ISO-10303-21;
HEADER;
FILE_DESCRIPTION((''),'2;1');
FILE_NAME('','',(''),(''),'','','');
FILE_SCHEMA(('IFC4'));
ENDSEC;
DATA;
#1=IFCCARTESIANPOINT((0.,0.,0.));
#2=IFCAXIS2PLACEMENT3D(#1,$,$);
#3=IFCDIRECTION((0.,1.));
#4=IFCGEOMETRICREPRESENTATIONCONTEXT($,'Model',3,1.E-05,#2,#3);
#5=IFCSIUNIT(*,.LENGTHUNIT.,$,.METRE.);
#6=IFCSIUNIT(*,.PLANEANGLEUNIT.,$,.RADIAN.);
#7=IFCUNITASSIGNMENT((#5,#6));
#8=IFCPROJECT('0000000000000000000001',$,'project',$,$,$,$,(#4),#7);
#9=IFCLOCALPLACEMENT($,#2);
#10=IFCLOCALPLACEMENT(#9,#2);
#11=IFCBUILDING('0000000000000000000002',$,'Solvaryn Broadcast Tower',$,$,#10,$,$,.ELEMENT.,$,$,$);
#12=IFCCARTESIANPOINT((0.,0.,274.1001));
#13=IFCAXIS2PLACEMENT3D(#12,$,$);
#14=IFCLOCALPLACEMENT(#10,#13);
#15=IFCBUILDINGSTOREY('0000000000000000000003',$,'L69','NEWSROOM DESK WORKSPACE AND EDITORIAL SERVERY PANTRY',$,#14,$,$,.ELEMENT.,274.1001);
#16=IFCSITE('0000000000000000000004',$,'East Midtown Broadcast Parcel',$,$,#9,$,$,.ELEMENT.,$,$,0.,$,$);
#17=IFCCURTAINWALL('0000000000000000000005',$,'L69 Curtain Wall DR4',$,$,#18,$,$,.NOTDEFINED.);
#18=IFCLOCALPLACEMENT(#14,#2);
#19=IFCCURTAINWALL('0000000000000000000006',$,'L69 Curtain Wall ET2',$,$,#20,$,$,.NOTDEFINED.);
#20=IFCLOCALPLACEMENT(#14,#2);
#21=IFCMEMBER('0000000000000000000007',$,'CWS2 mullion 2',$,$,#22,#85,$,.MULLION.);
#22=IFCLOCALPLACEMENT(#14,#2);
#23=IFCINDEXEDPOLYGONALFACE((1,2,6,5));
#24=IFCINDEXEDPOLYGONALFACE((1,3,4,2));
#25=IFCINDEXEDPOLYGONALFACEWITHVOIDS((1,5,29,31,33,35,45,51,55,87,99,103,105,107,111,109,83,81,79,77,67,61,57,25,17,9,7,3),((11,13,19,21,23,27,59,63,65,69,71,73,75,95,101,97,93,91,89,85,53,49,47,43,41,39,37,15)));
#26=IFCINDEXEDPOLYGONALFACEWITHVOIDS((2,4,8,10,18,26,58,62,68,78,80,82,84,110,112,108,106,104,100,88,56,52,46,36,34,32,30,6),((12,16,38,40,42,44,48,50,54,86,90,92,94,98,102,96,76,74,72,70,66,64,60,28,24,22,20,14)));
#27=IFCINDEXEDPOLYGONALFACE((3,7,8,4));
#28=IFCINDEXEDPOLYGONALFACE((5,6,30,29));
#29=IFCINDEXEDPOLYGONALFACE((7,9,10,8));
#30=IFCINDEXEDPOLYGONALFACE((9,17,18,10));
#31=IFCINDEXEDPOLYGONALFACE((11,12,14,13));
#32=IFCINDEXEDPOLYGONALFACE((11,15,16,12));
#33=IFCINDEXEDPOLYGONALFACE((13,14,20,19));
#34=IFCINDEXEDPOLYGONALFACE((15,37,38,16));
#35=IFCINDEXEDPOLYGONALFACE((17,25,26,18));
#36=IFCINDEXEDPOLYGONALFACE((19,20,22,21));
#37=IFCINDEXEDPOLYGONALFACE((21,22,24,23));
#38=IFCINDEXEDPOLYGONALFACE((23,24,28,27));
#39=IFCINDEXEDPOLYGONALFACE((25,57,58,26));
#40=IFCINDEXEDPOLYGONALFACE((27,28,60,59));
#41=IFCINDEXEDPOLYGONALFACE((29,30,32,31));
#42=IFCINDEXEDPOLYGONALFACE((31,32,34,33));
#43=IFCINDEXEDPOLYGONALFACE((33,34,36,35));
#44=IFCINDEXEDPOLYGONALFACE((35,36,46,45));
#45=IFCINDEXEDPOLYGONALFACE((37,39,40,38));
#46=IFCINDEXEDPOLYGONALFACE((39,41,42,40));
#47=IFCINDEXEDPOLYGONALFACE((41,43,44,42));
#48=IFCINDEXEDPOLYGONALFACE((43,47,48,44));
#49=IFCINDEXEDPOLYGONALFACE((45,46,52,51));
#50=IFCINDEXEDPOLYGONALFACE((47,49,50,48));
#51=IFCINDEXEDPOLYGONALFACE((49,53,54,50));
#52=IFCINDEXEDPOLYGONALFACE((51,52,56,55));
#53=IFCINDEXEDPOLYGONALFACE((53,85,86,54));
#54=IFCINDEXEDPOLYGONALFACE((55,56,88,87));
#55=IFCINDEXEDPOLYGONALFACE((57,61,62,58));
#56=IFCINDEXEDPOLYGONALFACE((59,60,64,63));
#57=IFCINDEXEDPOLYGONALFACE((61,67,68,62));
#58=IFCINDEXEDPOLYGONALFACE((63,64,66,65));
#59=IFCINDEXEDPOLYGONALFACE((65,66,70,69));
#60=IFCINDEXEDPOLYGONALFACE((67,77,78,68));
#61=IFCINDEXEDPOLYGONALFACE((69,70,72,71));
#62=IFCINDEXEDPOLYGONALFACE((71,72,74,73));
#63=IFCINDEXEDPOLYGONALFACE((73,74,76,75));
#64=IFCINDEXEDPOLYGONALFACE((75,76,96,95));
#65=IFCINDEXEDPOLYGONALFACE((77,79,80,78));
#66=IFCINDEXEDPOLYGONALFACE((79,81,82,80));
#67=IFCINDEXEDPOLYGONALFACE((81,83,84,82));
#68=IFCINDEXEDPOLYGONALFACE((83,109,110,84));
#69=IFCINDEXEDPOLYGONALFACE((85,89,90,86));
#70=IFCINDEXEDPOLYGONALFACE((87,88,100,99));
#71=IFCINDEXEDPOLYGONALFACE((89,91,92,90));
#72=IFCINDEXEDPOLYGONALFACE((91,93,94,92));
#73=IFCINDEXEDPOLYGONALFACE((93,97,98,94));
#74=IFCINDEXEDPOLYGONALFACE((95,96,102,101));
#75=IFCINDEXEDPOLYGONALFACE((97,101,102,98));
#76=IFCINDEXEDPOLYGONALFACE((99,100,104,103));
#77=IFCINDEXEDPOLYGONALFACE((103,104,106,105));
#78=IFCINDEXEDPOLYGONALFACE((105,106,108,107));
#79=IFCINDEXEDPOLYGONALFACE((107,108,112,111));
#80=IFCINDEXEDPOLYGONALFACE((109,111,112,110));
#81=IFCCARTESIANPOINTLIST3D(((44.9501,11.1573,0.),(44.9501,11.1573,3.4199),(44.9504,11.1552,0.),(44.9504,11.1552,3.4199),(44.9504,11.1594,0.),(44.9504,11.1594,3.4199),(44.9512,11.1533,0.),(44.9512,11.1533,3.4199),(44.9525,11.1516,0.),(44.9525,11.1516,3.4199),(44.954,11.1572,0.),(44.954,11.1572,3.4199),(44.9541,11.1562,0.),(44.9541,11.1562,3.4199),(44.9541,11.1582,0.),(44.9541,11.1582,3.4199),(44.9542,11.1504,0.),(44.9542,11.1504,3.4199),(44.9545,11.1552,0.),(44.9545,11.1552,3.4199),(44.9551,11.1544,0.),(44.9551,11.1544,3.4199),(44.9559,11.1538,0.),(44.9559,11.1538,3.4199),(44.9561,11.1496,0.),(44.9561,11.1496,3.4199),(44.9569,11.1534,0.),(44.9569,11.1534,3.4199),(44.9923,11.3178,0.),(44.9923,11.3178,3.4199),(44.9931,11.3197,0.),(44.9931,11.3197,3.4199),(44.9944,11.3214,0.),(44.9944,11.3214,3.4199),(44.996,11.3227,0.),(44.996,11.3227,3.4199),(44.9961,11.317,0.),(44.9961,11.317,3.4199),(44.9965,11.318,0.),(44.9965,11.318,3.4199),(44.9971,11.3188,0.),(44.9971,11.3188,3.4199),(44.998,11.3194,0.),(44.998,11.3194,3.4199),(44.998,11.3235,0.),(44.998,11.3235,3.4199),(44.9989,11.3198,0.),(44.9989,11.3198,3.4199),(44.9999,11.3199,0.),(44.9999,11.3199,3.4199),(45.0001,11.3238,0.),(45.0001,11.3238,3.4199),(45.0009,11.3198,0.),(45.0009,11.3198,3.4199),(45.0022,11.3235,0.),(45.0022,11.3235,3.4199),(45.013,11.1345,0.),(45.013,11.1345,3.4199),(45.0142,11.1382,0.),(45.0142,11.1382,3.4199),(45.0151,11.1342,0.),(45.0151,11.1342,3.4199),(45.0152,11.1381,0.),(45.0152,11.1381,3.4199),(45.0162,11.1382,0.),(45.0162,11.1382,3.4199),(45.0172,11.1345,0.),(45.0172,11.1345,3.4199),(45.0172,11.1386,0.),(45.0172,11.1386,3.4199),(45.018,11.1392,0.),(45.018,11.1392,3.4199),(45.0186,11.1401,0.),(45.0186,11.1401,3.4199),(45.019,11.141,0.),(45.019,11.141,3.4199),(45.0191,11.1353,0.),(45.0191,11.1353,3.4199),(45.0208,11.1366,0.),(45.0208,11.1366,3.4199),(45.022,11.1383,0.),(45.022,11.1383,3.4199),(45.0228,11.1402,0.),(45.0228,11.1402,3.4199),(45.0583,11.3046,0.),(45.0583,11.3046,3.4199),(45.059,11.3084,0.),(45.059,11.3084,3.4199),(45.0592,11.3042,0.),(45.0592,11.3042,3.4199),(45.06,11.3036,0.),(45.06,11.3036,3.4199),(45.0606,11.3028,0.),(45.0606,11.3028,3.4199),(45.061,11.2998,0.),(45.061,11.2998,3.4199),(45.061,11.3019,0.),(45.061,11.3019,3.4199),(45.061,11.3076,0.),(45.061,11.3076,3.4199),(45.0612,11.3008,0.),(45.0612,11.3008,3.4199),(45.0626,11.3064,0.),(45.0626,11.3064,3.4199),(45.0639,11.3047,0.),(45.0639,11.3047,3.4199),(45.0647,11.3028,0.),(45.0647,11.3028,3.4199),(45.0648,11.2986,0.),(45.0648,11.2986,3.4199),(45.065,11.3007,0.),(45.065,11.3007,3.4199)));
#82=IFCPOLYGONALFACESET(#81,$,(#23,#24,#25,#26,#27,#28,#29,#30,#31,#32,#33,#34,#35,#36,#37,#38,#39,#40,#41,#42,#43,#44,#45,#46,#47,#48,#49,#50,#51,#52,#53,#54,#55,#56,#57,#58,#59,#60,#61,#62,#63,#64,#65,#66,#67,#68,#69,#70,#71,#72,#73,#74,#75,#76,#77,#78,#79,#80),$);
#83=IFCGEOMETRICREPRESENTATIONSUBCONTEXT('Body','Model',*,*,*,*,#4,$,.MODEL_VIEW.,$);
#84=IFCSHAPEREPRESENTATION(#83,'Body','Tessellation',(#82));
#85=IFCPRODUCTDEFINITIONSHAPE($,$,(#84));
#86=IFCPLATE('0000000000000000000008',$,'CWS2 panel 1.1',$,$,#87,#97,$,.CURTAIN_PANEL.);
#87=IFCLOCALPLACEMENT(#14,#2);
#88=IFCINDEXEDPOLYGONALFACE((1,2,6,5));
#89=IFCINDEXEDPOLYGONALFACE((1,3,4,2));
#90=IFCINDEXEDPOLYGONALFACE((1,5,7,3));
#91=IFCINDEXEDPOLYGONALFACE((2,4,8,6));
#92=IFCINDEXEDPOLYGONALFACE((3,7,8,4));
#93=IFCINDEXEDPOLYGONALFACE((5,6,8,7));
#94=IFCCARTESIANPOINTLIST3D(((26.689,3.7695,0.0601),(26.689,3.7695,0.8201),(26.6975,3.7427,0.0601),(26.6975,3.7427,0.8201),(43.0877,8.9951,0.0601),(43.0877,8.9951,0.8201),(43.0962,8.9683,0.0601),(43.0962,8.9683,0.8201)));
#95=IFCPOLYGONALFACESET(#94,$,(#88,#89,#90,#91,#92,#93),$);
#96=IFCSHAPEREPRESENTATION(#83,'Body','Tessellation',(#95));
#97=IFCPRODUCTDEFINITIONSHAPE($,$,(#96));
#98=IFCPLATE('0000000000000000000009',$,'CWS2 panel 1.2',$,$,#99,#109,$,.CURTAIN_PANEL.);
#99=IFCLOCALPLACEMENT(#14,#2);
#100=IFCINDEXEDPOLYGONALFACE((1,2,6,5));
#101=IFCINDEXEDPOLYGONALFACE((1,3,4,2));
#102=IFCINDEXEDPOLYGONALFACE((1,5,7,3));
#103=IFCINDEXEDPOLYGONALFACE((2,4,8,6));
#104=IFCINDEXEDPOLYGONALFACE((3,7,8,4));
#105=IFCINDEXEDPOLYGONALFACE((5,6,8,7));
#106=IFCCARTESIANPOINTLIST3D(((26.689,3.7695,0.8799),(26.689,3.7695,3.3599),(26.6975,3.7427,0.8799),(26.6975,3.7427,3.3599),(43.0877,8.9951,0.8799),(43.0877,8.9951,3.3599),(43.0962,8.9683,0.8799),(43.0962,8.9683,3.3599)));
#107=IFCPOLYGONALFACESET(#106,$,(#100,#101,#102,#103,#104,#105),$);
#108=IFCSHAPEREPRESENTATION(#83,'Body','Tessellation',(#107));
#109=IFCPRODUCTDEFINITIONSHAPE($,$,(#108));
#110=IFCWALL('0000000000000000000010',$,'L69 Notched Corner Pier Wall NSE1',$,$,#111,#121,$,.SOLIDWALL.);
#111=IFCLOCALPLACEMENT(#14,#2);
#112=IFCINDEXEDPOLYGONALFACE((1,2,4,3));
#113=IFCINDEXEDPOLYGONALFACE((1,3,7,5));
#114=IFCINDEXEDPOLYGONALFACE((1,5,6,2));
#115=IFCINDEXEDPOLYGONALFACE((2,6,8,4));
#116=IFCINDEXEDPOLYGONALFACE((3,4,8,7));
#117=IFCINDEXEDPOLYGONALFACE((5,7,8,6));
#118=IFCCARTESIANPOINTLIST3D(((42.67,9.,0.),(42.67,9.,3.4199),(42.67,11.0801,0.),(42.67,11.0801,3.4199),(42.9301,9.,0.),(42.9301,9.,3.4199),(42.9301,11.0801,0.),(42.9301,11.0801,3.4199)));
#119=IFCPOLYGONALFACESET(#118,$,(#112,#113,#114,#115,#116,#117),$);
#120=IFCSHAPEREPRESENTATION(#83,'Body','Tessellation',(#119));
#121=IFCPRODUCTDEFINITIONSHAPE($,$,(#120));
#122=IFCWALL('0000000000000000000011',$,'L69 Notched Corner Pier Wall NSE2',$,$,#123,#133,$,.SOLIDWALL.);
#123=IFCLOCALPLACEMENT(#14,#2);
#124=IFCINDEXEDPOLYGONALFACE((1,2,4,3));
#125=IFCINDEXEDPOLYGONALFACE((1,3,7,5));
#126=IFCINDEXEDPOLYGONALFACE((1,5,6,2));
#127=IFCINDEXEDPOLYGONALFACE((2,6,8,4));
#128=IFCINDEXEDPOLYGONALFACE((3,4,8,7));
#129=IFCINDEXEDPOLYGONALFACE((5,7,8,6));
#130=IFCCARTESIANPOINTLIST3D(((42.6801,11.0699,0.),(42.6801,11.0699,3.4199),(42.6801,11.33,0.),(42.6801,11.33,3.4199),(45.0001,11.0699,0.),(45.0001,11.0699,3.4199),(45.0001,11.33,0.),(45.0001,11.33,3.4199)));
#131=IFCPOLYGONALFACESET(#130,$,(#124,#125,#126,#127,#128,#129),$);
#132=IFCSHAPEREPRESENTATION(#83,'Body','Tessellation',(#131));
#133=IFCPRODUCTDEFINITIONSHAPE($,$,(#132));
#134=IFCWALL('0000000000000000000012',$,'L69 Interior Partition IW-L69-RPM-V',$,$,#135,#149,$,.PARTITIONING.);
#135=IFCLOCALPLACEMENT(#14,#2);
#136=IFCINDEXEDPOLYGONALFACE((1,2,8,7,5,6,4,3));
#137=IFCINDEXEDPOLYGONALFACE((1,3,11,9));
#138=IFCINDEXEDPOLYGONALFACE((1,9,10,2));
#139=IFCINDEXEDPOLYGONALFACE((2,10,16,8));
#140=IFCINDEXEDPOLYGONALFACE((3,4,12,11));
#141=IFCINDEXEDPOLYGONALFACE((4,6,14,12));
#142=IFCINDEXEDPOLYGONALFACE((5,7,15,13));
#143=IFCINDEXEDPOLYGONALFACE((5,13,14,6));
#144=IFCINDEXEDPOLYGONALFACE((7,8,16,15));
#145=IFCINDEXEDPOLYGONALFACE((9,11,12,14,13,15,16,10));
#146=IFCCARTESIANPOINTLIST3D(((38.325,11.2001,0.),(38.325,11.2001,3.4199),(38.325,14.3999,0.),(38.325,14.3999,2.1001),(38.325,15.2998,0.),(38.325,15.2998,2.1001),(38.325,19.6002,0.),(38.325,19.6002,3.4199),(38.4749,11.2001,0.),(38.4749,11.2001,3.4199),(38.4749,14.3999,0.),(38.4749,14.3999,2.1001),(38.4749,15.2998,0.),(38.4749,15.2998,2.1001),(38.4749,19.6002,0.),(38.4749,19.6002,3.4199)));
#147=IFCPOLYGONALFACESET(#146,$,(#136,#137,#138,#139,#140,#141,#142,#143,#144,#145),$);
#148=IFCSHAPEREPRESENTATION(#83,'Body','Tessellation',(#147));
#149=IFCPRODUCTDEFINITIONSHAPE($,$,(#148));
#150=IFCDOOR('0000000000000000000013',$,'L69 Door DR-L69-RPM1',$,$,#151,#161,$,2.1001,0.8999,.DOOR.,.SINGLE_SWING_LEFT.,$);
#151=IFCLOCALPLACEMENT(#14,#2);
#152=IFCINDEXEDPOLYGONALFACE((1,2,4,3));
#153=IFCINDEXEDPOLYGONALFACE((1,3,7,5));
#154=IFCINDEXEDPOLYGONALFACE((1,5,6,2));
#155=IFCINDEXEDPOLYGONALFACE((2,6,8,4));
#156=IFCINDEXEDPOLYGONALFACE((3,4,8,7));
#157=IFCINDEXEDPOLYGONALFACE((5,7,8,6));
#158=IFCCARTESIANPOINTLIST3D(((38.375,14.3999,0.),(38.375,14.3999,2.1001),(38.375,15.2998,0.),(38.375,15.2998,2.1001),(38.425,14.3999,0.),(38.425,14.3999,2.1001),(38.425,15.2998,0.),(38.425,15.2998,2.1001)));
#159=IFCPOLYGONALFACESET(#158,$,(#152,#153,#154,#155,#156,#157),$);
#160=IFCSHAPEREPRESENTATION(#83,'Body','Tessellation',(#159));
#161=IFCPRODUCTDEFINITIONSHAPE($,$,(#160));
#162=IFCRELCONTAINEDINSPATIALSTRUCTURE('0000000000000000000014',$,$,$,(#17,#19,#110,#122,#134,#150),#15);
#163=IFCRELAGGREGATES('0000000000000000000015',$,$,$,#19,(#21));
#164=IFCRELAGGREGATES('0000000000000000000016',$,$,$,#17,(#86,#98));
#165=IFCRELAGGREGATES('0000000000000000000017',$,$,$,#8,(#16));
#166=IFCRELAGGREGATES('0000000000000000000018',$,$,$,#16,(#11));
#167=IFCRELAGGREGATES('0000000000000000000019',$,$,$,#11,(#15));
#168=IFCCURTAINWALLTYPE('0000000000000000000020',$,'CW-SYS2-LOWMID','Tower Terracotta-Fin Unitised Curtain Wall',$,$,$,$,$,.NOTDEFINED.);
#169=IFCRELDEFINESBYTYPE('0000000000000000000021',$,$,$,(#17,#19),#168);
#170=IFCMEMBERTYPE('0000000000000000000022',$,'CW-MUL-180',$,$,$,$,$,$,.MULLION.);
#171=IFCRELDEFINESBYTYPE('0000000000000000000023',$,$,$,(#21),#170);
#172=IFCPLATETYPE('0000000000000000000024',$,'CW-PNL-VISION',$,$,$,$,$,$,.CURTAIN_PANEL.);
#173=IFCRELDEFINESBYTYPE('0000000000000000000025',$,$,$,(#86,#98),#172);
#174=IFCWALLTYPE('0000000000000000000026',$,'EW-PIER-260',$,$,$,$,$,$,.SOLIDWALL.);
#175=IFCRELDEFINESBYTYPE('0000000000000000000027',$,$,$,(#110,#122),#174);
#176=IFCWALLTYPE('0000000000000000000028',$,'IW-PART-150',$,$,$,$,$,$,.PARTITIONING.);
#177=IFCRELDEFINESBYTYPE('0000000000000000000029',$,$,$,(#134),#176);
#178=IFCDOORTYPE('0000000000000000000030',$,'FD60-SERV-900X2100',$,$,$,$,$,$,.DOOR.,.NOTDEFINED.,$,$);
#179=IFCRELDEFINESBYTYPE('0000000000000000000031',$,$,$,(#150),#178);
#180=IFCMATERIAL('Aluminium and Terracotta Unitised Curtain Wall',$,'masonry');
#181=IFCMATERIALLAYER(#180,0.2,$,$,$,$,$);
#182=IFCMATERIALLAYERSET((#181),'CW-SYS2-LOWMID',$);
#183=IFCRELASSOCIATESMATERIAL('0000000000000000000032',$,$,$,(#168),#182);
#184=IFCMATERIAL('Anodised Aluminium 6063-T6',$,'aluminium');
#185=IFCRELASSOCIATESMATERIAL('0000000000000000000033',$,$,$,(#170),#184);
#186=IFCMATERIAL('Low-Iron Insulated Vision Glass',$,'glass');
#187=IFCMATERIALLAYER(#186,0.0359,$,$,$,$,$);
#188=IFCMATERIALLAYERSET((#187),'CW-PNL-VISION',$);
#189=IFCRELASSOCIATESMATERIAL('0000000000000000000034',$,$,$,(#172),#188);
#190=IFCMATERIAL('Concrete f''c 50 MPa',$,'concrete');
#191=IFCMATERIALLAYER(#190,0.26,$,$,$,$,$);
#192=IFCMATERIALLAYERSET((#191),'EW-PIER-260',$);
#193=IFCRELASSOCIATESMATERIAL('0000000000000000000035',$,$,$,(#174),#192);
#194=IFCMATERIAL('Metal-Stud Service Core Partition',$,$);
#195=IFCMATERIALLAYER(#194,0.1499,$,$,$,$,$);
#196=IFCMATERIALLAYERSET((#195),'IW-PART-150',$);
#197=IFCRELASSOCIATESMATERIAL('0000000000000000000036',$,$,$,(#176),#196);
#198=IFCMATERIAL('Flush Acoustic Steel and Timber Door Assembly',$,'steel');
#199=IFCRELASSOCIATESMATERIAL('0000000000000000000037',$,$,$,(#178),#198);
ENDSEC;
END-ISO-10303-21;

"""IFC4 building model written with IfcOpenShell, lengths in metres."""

from ifc_helpers import new_model, si_unit, direction, frame, frame_2d, origin, origin_2d, place, context, subcontext, project, spatial, rectangle, hollow_rectangle, extrude, material, layer, layer_set, material_profile, profile_set, type_object, element, fill, aggregate, save


model = new_model("IFC4")

# Units and contexts
model_context = context("Model", 3, precision=1e-05, world=origin(), true_north=direction((0.0, 1.0)))
body_context = subcontext(model_context, "Body", "Model", "MODEL_VIEW")
ifc_project = project(units=[si_unit("LENGTHUNIT", "METRE"), si_unit("PLANEANGLEUNIT", "RADIAN")], contexts=[model_context])

# Site, building, storey
site_placement = place(None, origin())
site = spatial("IfcSite", under=ifc_project, at=site_placement, Name="East Midtown Broadcast Parcel", CompositionType="ELEMENT", RefElevation=0.0)
building_placement = place(site_placement, origin())
building = spatial("IfcBuilding", under=site, at=building_placement, Name="Solvaryn Broadcast Tower", CompositionType="ELEMENT")
storey_placement = place(building_placement, frame((0.0, 0.0, 274.1001)))
storey = spatial("IfcBuildingStorey", under=building, at=storey_placement, Name="L69", Description="NEWSROOM DESK WORKSPACE AND EDITORIAL SERVERY PANTRY", CompositionType="ELEMENT", Elevation=274.1001)

# Curtain walls, member
ifc_material_1 = material(Name="Aluminium and Terracotta Unitised Curtain Wall", Category="masonry")
ifc_layer_1 = layer(ifc_material_1, 0.2)
ifc_layer_set_1 = layer_set([ifc_layer_1], Name="CW-SYS2-LOWMID")
curtain_wall_type = type_object("IfcCurtainWallType", Name="CW-SYS2-LOWMID", Description="Tower Terracotta-Fin Unitised Curtain Wall", PredefinedType="NOTDEFINED", material=ifc_layer_set_1)
curtain_wall_1_placement = place(storey_placement, origin())
curtain_wall_1 = element("IfcCurtainWall", 1, at=curtain_wall_1_placement, inside=storey, type_object=curtain_wall_type, Name="L69 Curtain Wall DR4", PredefinedType="NOTDEFINED")
ifc_material_2 = material(Name="Anodised Aluminium 6063-T6", Category="aluminium")
ifc_material_profile_1 = material_profile(ifc_material_2, hollow_rectangle(XDim=0.075, YDim=0.1799, WallThickness=0.0039, InnerFilletRadius=0.0039, OuterFilletRadius=0.0081, at=origin_2d()))
ifc_profile_set_1 = profile_set([ifc_material_profile_1], Name="Anodised Aluminium 6063-T6")
member_type = type_object("IfcMemberType", Name="CW-MUL-180", PredefinedType="MULLION", material=ifc_profile_set_1)
curtain_wall_2_placement = place(storey_placement, origin())
curtain_wall_2 = element("IfcCurtainWall", 2, at=curtain_wall_2_placement, inside=storey, type_object=curtain_wall_type, Name="L69 Curtain Wall ET2", PredefinedType="NOTDEFINED")
member_1_placement = place(storey_placement, frame((45.0076, 11.229, 0.0), z_axis=(0.0, 0.0, 1.0), x_axis=(0.966705, -0.255893, 0.0)))
member_1 = element("IfcMember", 3, at=member_1_placement, type_object=member_type, Name="CWS2 mullion 2", PredefinedType="MULLION", context=body_context, shape_type="SweptSolid", body=[
    extrude(hollow_rectangle(XDim=0.075, YDim=0.1799, WallThickness=0.0039, InnerFilletRadius=0.0039, OuterFilletRadius=0.0081, at=origin_2d()), origin(), (0.0, 0.0, 1.0), 3.4199),
])
aggregate(curtain_wall_2, [member_1])

# Plates
ifc_material_3 = material(Name="Low-Iron Insulated Vision Glass", Category="glass")
ifc_layer_2 = layer(ifc_material_3, 0.0359)
ifc_layer_set_2 = layer_set([ifc_layer_2], Name="CW-PNL-VISION")
plate_type = type_object("IfcPlateType", Name="CW-PNL-VISION", PredefinedType="CURTAIN_PANEL", material=ifc_layer_set_2)
plate_1_placement = place(storey_placement, frame((34.8926, 6.3689, 0.0601), z_axis=(0.0, 0.0, 1.0), x_axis=(0.952795, 0.303616, 0.0)))
plate_1 = element("IfcPlate", 4, at=plate_1_placement, type_object=plate_type, Name="CWS2 panel 1.1", PredefinedType="CURTAIN_PANEL", context=body_context, shape_type="SweptSolid", body=[
    extrude(rectangle(XDim=17.2112, YDim=0.0281, at=origin_2d()), origin(), (0.0, 0.0, 1.0), 0.76),
])
plate_2_placement = place(storey_placement, frame((34.8926, 6.3689, 0.8799), z_axis=(0.0, 0.0, 1.0), x_axis=(0.952795, 0.303616, 0.0)))
plate_2 = element("IfcPlate", 5, at=plate_2_placement, type_object=plate_type, Name="CWS2 panel 1.2", PredefinedType="CURTAIN_PANEL", context=body_context, shape_type="SweptSolid", body=[
    extrude(rectangle(XDim=17.2112, YDim=0.0281, at=origin_2d()), origin(), (0.0, 0.0, 1.0), 2.48),
])
aggregate(curtain_wall_1, [plate_1, plate_2])

# Walls
ifc_material_4 = material(Name="Concrete f'c 50 MPa", Category="concrete")
ifc_layer_3 = layer(ifc_material_4, 0.26)
ifc_layer_set_3 = layer_set([ifc_layer_3], Name="EW-PIER-260")
wall_type_1 = type_object("IfcWallType", Name="EW-PIER-260", PredefinedType="SOLIDWALL", material=ifc_layer_set_3)
wall_1_placement = place(storey_placement, frame((42.8, 9.0, 0.0), z_axis=(0.0, 0.0, 1.0), x_axis=(0.0, 1.0, 0.0)))
element("IfcWall", 6, at=wall_1_placement, inside=storey, type_object=wall_type_1, Name="L69 Notched Corner Pier Wall NSE1", PredefinedType="SOLIDWALL", context=body_context, shape_type="SweptSolid", body=[
    extrude(rectangle(XDim=2.0801, YDim=0.26, at=frame_2d((1.04, 0.0))), origin(), (0.0, 0.0, 1.0), 3.4199),
])
wall_2_placement = place(storey_placement, frame((42.6799, 11.2, 0.0), z_axis=(0.0, 0.0, 1.0), x_axis=(1.0, 0.0, 0.0)))
element("IfcWall", 7, at=wall_2_placement, inside=storey, type_object=wall_type_1, Name="L69 Notched Corner Pier Wall NSE2", PredefinedType="SOLIDWALL", context=body_context, shape_type="SweptSolid", body=[
    extrude(rectangle(XDim=2.3201, YDim=0.26, at=frame_2d((1.1602, 0.0))), origin(), (0.0, 0.0, 1.0), 3.4199),
])

# Wall, opening, door
ifc_material_5 = material(Name="Metal-Stud Service Core Partition")
ifc_layer_4 = layer(ifc_material_5, 0.1499)
ifc_layer_set_4 = layer_set([ifc_layer_4], Name="IW-PART-150")
wall_type_2 = type_object("IfcWallType", Name="IW-PART-150", PredefinedType="PARTITIONING", material=ifc_layer_set_4)
wall_3_placement = place(storey_placement, frame((38.3999, 11.2, 0.0), z_axis=(0.0, 0.0, 1.0), x_axis=(0.0, 1.0, 0.0)))
wall_3 = element("IfcWall", 8, at=wall_3_placement, inside=storey, type_object=wall_type_2, Name="L69 Interior Partition IW-L69-RPM-V", PredefinedType="PARTITIONING", context=body_context, shape_type="SweptSolid", body=[
    extrude(rectangle(XDim=8.4001, YDim=0.1499, at=frame_2d((4.2002, 0.0))), origin(), (0.0, 0.0, 1.0), 3.4199),
])
opening_1_placement = place(wall_3_placement, frame((3.2, 0.0, 0.0)))
opening_1 = element("IfcOpeningElement", 9, at=opening_1_placement, cuts=wall_3, PredefinedType="OPENING", context=body_context, shape_type="SweptSolid", body=[
    extrude(rectangle(XDim=0.8999, YDim=2.1001, at=frame_2d((0.45, 1.05))), frame((0.0, 0.085, 0.0), z_axis=(0.0, -1.0, 0.0), x_axis=(1.0, 0.0, 0.0)), (0.0, 0.0, 1.0), 0.1699),
])
ifc_material_6 = material(Name="Flush Acoustic Steel and Timber Door Assembly", Category="steel")
door_type = type_object("IfcDoorType", Name="FD60-SERV-900X2100", OperationType="NOTDEFINED", PredefinedType="DOOR", material=ifc_material_6)
door_1_placement = place(opening_1_placement, origin())
door_1 = element("IfcDoor", 10, at=door_1_placement, inside=storey, type_object=door_type, Name="L69 Door DR-L69-RPM1", OperationType="SINGLE_SWING_LEFT", OverallHeight=2.1001, OverallWidth=0.8999, PredefinedType="DOOR", context=body_context, shape_type="SweptSolid", body=[
    extrude(rectangle(XDim=0.8999, YDim=2.1001, at=frame_2d((0.45, 1.05))), frame((0.0, 0.0249, 0.0), z_axis=(0.0, -1.0, 0.0), x_axis=(1.0, 0.0, 0.0)), (0.0, 0.0, 1.0), 0.05),
])
fill(opening_1, door_1)

save(model, "model.ifc")
